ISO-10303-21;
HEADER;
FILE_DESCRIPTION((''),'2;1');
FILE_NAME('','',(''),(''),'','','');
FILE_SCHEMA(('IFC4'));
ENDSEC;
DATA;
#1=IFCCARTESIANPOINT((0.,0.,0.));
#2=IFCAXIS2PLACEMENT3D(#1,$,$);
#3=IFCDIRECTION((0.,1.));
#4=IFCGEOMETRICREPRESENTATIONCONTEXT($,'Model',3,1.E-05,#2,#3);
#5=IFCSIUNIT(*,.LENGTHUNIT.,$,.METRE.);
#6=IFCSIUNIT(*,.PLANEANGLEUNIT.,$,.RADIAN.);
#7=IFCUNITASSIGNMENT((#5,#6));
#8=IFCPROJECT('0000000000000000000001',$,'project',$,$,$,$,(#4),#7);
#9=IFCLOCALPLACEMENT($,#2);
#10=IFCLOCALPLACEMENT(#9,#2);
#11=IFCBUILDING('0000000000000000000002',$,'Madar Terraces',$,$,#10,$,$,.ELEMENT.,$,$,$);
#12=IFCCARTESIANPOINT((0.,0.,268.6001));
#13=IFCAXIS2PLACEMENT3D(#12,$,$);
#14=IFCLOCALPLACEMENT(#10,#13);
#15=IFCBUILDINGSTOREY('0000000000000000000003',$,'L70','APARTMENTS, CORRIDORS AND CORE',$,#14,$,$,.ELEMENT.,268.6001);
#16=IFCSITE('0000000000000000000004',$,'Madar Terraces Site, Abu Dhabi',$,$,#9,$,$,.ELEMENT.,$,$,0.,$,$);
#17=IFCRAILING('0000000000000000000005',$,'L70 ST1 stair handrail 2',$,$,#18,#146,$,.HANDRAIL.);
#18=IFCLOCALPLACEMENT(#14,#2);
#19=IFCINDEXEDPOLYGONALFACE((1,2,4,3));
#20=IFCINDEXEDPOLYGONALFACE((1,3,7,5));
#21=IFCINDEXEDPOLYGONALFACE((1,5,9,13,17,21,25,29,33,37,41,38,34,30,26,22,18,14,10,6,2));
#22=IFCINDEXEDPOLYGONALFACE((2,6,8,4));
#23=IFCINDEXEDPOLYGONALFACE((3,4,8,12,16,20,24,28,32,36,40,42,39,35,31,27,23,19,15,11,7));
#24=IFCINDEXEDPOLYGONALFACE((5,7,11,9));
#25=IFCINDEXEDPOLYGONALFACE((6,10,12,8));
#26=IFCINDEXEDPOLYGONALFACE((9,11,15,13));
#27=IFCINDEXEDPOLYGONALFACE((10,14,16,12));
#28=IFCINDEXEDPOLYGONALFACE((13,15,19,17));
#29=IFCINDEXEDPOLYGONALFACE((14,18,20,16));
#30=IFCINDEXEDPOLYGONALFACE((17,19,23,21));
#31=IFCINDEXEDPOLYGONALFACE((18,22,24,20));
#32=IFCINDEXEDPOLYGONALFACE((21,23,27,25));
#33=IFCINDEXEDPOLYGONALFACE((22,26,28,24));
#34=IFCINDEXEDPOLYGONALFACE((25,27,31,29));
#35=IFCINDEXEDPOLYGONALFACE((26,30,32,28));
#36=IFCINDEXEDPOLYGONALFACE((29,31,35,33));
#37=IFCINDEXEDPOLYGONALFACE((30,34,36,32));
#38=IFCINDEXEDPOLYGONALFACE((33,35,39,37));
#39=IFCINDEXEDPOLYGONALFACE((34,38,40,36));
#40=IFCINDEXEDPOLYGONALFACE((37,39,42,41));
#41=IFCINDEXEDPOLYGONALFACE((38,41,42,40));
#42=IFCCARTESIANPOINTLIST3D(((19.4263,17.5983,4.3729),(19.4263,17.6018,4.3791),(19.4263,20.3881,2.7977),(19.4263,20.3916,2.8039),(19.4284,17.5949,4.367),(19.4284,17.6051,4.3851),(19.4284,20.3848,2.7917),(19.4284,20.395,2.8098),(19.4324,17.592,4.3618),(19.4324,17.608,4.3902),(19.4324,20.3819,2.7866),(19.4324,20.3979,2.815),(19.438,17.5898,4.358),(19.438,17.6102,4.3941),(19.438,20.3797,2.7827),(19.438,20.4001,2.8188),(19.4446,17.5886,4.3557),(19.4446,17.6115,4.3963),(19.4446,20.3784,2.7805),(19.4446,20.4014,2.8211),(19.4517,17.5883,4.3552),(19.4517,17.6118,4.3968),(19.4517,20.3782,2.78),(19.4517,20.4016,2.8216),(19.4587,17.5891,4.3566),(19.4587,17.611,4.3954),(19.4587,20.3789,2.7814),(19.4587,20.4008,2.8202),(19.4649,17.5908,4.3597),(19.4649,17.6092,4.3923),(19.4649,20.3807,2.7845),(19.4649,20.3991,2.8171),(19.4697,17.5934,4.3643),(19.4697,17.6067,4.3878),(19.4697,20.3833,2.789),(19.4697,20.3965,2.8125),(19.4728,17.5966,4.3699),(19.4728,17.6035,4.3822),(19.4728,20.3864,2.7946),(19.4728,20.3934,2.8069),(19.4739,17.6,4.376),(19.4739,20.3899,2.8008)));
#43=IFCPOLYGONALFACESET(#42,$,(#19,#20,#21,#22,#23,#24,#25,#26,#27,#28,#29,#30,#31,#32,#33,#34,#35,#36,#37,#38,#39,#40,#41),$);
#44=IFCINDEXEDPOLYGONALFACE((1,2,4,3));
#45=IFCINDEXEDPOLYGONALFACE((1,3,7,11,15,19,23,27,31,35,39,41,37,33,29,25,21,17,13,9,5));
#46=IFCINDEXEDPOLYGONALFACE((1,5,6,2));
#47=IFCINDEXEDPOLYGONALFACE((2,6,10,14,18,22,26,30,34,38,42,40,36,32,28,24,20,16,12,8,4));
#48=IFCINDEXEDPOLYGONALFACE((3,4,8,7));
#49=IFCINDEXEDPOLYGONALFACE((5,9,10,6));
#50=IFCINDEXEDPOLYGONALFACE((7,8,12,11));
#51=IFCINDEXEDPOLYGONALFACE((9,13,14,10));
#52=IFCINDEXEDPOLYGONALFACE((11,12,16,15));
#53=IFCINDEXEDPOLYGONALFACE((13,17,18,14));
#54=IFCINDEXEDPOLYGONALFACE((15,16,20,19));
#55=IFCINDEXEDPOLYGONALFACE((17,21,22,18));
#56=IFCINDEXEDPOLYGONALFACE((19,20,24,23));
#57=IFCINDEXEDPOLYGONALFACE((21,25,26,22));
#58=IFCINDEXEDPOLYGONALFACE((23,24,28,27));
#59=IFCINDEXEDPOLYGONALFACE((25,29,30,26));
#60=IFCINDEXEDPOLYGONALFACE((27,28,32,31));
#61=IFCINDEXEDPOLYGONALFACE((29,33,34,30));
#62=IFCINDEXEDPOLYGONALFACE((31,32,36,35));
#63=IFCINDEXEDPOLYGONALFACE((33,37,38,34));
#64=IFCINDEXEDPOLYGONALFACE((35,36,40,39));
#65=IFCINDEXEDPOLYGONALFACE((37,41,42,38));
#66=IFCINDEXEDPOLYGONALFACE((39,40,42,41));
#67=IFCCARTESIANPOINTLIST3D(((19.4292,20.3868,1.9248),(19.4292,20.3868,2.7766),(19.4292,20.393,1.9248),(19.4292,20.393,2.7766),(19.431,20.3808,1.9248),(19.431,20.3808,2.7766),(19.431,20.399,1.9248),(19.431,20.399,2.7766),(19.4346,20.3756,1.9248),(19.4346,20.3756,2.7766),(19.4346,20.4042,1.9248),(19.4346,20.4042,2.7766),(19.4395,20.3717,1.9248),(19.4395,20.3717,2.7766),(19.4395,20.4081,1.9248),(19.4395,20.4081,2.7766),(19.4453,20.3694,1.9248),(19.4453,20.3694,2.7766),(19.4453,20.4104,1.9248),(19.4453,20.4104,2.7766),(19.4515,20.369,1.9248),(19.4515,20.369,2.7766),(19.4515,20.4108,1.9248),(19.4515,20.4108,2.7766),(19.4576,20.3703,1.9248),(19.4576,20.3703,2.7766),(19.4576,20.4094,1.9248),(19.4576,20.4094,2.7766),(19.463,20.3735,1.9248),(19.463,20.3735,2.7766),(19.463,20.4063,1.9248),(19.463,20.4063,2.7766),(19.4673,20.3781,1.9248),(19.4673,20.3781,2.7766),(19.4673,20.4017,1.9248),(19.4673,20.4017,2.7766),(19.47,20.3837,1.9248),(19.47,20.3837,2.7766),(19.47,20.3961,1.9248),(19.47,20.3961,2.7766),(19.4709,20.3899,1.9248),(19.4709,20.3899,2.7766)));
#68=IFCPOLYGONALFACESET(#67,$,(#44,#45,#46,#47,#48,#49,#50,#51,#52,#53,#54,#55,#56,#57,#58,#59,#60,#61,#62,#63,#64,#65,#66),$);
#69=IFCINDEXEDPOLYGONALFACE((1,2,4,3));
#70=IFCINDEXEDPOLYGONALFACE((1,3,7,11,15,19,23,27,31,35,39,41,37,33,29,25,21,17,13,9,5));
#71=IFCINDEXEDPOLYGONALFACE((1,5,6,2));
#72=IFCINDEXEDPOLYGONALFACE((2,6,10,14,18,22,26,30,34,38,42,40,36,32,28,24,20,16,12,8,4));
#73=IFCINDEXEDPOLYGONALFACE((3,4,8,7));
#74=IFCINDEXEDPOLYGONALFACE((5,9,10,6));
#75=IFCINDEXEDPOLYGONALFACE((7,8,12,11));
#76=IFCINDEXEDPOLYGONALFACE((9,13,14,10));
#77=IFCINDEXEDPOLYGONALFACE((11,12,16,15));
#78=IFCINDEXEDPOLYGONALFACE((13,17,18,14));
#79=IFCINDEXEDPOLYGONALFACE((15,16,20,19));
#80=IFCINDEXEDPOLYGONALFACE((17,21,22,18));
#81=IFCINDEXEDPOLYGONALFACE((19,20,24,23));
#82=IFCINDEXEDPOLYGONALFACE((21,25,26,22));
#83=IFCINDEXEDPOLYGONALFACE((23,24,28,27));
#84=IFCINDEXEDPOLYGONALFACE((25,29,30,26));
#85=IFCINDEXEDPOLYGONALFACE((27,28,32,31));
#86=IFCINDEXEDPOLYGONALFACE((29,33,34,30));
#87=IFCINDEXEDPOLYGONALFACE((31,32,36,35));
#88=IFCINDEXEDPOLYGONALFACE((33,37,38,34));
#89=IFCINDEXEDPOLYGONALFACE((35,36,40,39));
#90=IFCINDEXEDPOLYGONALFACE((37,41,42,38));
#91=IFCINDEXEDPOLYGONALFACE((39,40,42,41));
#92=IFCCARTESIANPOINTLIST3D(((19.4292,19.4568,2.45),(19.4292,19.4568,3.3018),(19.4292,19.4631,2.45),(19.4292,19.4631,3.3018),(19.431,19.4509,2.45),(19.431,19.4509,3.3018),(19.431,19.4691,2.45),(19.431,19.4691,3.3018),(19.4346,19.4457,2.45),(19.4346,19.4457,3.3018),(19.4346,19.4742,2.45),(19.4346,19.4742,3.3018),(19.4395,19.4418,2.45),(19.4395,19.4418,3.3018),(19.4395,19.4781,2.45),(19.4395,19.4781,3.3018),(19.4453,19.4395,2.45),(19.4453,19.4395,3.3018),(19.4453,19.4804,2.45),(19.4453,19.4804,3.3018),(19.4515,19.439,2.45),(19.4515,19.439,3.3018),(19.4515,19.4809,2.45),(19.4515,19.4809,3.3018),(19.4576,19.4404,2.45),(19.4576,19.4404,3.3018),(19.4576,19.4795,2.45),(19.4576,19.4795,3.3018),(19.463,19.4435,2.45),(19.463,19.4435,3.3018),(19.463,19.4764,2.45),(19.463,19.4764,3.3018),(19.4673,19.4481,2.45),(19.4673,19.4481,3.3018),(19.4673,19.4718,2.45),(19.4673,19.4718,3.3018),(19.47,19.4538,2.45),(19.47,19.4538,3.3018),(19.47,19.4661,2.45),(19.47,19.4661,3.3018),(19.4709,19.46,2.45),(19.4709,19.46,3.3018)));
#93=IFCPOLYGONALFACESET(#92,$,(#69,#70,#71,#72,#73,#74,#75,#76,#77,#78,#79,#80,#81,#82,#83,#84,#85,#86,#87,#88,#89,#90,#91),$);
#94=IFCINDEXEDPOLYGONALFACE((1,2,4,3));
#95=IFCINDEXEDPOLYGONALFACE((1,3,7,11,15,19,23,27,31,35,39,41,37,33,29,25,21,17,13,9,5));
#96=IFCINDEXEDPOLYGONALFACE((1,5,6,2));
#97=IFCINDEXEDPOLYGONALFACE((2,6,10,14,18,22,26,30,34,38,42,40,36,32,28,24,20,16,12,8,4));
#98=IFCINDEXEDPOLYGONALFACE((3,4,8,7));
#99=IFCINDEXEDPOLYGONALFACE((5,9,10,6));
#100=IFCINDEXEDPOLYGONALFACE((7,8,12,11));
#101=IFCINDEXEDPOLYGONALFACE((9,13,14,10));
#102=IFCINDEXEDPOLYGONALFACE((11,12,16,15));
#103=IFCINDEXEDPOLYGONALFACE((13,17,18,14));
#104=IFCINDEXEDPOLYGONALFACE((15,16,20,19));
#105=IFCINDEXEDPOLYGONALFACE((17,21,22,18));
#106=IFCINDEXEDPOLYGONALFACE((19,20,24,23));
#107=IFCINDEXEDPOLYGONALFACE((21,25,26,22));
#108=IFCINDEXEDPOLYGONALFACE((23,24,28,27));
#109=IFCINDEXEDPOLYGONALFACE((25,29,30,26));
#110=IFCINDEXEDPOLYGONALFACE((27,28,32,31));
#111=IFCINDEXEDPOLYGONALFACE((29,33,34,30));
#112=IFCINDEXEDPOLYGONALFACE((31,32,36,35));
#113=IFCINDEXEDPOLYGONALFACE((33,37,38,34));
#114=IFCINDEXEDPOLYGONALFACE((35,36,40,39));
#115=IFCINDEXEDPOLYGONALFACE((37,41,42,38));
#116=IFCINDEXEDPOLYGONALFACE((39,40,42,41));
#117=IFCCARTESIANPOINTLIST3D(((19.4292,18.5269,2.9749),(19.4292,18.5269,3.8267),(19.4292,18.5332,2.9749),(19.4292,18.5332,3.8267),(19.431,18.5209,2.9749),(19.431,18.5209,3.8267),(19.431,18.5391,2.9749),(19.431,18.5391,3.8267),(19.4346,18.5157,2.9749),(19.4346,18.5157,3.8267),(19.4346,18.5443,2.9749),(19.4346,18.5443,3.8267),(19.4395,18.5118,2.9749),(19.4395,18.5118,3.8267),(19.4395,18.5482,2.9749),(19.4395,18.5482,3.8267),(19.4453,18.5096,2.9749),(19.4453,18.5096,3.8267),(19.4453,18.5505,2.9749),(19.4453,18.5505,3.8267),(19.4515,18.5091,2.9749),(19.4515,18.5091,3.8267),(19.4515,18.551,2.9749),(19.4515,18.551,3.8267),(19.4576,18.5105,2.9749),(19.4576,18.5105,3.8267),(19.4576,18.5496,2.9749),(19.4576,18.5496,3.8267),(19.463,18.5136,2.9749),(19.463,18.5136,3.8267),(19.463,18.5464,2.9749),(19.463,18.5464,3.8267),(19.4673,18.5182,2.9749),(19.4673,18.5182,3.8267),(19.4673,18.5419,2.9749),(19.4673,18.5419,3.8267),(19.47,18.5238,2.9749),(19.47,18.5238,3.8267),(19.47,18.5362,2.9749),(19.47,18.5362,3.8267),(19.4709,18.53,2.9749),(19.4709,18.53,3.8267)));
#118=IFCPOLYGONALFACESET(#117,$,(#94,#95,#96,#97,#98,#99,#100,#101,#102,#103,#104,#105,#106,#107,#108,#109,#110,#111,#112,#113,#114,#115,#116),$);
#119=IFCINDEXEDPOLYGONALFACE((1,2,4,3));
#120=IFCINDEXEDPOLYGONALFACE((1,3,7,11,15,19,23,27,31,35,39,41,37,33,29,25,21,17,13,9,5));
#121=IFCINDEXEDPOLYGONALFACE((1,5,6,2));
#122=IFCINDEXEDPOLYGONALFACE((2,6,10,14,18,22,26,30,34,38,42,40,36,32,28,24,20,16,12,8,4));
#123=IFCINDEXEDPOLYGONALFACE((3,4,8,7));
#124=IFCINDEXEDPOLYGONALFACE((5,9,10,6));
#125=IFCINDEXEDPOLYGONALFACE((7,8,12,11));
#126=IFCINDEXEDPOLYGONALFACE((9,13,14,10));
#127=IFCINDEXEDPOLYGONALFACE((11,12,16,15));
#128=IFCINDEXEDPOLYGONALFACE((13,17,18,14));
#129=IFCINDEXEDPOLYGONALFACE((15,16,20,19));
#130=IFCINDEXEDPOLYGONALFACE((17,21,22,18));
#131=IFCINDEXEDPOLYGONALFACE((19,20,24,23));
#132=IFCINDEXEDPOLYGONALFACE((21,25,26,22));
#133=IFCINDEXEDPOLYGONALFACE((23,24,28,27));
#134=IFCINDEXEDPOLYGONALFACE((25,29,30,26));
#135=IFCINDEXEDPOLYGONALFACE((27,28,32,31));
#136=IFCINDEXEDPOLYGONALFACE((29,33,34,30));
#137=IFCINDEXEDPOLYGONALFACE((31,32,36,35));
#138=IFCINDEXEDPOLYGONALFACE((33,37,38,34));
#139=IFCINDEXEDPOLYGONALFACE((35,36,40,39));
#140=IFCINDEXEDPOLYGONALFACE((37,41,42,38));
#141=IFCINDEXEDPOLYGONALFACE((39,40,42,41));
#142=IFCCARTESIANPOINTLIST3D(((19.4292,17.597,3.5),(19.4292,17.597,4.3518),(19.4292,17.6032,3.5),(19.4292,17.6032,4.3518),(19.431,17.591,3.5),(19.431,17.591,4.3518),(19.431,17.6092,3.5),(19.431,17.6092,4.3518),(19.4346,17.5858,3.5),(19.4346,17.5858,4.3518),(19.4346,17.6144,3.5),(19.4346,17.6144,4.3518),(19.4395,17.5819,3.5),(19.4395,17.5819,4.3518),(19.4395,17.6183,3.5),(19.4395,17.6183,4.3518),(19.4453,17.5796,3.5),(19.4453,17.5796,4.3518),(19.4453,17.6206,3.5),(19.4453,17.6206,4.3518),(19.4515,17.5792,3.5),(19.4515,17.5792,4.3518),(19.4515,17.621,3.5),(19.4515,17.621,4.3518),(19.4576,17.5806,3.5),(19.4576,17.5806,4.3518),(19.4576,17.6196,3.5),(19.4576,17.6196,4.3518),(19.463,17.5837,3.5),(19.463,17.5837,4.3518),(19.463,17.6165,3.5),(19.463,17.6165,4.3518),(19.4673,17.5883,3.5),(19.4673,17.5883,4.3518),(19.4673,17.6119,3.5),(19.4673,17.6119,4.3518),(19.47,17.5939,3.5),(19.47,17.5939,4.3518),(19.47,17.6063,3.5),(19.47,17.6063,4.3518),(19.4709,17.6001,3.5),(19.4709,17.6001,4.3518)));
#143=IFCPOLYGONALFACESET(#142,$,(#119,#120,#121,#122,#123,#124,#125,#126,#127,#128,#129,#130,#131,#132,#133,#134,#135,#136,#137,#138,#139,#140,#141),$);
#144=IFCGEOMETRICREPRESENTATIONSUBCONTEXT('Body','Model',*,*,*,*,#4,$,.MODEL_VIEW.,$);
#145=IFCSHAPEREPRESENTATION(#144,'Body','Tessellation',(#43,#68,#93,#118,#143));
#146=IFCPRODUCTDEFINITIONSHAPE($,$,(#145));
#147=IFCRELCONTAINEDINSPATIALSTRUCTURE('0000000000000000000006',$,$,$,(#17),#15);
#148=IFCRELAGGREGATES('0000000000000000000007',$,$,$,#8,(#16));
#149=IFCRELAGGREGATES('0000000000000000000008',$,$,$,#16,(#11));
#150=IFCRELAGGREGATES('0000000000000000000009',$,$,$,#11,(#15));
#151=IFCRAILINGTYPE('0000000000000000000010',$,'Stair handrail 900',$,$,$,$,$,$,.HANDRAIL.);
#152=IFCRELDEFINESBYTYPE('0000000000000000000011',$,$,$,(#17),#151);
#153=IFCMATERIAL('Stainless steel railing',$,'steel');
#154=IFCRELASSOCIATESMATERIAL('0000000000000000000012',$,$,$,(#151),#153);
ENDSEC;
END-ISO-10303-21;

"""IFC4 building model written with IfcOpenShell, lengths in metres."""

from ifc_helpers import new_model, si_unit, direction, frame, origin, origin_2d, place, context, subcontext, project, spatial, circle, extrude, material, type_object, element, save


model = new_model("IFC4")

# Units and contexts
model_context = context("Model", 3, precision=1e-05, world=origin(), true_north=direction((0.0, 1.0)))
body_context = subcontext(model_context, "Body", "Model", "MODEL_VIEW")
ifc_project = project(units=[si_unit("LENGTHUNIT", "METRE"), si_unit("PLANEANGLEUNIT", "RADIAN")], contexts=[model_context])

# Site, building, storey
site_placement = place(None, origin())
site = spatial("IfcSite", under=ifc_project, at=site_placement, Name="Madar Terraces Site, Abu Dhabi", CompositionType="ELEMENT", RefElevation=0.0)
building_placement = place(site_placement, origin())
building = spatial("IfcBuilding", under=site, at=building_placement, Name="Madar Terraces", CompositionType="ELEMENT")
storey_placement = place(building_placement, frame((0.0, 0.0, 268.6001)))
storey = spatial("IfcBuildingStorey", under=building, at=storey_placement, Name="L70", Description="APARTMENTS, CORRIDORS AND CORE", CompositionType="ELEMENT", Elevation=268.6001)

# Railing
ifc_material_1 = material(Name="Stainless steel railing", Category="steel")
railing_type_1 = type_object("IfcRailingType", Name="Stair handrail 900", PredefinedType="HANDRAIL", material=ifc_material_1)
railing_1_placement = place(storey_placement, frame((19.45, 20.3899, 1.9248)))
element("IfcRailing", 1, at=railing_1_placement, inside=storey, type_object=railing_type_1, Name="L70 ST1 stair handrail 2", PredefinedType="HANDRAIL", context=body_context, shape_type="SweptSolid", body=[
    extrude(circle(Radius=0.0239, at=origin_2d()), frame((0.0, 0.0, 0.876), z_axis=(0.0, -0.870783, 0.491668), x_axis=(1.0, 0.0, 0.0)), (0.0, 0.0, 1.0), 3.2039),
    extrude(circle(Radius=0.021, at=origin_2d()), origin(), (0.0, 0.0, 1.0), 0.8518),
    extrude(circle(Radius=0.021, at=origin_2d()), frame((0.0, -0.9299, 0.5251)), (0.0, 0.0, 1.0), 0.8518),
    extrude(circle(Radius=0.021, at=origin_2d()), frame((0.0, -1.8599, 1.05)), (0.0, 0.0, 1.0), 0.8518),
    extrude(circle(Radius=0.021, at=origin_2d()), frame((0.0, -2.7898, 1.5752)), (0.0, 0.0, 1.0), 0.8518),
])

save(model, "model.ifc")
